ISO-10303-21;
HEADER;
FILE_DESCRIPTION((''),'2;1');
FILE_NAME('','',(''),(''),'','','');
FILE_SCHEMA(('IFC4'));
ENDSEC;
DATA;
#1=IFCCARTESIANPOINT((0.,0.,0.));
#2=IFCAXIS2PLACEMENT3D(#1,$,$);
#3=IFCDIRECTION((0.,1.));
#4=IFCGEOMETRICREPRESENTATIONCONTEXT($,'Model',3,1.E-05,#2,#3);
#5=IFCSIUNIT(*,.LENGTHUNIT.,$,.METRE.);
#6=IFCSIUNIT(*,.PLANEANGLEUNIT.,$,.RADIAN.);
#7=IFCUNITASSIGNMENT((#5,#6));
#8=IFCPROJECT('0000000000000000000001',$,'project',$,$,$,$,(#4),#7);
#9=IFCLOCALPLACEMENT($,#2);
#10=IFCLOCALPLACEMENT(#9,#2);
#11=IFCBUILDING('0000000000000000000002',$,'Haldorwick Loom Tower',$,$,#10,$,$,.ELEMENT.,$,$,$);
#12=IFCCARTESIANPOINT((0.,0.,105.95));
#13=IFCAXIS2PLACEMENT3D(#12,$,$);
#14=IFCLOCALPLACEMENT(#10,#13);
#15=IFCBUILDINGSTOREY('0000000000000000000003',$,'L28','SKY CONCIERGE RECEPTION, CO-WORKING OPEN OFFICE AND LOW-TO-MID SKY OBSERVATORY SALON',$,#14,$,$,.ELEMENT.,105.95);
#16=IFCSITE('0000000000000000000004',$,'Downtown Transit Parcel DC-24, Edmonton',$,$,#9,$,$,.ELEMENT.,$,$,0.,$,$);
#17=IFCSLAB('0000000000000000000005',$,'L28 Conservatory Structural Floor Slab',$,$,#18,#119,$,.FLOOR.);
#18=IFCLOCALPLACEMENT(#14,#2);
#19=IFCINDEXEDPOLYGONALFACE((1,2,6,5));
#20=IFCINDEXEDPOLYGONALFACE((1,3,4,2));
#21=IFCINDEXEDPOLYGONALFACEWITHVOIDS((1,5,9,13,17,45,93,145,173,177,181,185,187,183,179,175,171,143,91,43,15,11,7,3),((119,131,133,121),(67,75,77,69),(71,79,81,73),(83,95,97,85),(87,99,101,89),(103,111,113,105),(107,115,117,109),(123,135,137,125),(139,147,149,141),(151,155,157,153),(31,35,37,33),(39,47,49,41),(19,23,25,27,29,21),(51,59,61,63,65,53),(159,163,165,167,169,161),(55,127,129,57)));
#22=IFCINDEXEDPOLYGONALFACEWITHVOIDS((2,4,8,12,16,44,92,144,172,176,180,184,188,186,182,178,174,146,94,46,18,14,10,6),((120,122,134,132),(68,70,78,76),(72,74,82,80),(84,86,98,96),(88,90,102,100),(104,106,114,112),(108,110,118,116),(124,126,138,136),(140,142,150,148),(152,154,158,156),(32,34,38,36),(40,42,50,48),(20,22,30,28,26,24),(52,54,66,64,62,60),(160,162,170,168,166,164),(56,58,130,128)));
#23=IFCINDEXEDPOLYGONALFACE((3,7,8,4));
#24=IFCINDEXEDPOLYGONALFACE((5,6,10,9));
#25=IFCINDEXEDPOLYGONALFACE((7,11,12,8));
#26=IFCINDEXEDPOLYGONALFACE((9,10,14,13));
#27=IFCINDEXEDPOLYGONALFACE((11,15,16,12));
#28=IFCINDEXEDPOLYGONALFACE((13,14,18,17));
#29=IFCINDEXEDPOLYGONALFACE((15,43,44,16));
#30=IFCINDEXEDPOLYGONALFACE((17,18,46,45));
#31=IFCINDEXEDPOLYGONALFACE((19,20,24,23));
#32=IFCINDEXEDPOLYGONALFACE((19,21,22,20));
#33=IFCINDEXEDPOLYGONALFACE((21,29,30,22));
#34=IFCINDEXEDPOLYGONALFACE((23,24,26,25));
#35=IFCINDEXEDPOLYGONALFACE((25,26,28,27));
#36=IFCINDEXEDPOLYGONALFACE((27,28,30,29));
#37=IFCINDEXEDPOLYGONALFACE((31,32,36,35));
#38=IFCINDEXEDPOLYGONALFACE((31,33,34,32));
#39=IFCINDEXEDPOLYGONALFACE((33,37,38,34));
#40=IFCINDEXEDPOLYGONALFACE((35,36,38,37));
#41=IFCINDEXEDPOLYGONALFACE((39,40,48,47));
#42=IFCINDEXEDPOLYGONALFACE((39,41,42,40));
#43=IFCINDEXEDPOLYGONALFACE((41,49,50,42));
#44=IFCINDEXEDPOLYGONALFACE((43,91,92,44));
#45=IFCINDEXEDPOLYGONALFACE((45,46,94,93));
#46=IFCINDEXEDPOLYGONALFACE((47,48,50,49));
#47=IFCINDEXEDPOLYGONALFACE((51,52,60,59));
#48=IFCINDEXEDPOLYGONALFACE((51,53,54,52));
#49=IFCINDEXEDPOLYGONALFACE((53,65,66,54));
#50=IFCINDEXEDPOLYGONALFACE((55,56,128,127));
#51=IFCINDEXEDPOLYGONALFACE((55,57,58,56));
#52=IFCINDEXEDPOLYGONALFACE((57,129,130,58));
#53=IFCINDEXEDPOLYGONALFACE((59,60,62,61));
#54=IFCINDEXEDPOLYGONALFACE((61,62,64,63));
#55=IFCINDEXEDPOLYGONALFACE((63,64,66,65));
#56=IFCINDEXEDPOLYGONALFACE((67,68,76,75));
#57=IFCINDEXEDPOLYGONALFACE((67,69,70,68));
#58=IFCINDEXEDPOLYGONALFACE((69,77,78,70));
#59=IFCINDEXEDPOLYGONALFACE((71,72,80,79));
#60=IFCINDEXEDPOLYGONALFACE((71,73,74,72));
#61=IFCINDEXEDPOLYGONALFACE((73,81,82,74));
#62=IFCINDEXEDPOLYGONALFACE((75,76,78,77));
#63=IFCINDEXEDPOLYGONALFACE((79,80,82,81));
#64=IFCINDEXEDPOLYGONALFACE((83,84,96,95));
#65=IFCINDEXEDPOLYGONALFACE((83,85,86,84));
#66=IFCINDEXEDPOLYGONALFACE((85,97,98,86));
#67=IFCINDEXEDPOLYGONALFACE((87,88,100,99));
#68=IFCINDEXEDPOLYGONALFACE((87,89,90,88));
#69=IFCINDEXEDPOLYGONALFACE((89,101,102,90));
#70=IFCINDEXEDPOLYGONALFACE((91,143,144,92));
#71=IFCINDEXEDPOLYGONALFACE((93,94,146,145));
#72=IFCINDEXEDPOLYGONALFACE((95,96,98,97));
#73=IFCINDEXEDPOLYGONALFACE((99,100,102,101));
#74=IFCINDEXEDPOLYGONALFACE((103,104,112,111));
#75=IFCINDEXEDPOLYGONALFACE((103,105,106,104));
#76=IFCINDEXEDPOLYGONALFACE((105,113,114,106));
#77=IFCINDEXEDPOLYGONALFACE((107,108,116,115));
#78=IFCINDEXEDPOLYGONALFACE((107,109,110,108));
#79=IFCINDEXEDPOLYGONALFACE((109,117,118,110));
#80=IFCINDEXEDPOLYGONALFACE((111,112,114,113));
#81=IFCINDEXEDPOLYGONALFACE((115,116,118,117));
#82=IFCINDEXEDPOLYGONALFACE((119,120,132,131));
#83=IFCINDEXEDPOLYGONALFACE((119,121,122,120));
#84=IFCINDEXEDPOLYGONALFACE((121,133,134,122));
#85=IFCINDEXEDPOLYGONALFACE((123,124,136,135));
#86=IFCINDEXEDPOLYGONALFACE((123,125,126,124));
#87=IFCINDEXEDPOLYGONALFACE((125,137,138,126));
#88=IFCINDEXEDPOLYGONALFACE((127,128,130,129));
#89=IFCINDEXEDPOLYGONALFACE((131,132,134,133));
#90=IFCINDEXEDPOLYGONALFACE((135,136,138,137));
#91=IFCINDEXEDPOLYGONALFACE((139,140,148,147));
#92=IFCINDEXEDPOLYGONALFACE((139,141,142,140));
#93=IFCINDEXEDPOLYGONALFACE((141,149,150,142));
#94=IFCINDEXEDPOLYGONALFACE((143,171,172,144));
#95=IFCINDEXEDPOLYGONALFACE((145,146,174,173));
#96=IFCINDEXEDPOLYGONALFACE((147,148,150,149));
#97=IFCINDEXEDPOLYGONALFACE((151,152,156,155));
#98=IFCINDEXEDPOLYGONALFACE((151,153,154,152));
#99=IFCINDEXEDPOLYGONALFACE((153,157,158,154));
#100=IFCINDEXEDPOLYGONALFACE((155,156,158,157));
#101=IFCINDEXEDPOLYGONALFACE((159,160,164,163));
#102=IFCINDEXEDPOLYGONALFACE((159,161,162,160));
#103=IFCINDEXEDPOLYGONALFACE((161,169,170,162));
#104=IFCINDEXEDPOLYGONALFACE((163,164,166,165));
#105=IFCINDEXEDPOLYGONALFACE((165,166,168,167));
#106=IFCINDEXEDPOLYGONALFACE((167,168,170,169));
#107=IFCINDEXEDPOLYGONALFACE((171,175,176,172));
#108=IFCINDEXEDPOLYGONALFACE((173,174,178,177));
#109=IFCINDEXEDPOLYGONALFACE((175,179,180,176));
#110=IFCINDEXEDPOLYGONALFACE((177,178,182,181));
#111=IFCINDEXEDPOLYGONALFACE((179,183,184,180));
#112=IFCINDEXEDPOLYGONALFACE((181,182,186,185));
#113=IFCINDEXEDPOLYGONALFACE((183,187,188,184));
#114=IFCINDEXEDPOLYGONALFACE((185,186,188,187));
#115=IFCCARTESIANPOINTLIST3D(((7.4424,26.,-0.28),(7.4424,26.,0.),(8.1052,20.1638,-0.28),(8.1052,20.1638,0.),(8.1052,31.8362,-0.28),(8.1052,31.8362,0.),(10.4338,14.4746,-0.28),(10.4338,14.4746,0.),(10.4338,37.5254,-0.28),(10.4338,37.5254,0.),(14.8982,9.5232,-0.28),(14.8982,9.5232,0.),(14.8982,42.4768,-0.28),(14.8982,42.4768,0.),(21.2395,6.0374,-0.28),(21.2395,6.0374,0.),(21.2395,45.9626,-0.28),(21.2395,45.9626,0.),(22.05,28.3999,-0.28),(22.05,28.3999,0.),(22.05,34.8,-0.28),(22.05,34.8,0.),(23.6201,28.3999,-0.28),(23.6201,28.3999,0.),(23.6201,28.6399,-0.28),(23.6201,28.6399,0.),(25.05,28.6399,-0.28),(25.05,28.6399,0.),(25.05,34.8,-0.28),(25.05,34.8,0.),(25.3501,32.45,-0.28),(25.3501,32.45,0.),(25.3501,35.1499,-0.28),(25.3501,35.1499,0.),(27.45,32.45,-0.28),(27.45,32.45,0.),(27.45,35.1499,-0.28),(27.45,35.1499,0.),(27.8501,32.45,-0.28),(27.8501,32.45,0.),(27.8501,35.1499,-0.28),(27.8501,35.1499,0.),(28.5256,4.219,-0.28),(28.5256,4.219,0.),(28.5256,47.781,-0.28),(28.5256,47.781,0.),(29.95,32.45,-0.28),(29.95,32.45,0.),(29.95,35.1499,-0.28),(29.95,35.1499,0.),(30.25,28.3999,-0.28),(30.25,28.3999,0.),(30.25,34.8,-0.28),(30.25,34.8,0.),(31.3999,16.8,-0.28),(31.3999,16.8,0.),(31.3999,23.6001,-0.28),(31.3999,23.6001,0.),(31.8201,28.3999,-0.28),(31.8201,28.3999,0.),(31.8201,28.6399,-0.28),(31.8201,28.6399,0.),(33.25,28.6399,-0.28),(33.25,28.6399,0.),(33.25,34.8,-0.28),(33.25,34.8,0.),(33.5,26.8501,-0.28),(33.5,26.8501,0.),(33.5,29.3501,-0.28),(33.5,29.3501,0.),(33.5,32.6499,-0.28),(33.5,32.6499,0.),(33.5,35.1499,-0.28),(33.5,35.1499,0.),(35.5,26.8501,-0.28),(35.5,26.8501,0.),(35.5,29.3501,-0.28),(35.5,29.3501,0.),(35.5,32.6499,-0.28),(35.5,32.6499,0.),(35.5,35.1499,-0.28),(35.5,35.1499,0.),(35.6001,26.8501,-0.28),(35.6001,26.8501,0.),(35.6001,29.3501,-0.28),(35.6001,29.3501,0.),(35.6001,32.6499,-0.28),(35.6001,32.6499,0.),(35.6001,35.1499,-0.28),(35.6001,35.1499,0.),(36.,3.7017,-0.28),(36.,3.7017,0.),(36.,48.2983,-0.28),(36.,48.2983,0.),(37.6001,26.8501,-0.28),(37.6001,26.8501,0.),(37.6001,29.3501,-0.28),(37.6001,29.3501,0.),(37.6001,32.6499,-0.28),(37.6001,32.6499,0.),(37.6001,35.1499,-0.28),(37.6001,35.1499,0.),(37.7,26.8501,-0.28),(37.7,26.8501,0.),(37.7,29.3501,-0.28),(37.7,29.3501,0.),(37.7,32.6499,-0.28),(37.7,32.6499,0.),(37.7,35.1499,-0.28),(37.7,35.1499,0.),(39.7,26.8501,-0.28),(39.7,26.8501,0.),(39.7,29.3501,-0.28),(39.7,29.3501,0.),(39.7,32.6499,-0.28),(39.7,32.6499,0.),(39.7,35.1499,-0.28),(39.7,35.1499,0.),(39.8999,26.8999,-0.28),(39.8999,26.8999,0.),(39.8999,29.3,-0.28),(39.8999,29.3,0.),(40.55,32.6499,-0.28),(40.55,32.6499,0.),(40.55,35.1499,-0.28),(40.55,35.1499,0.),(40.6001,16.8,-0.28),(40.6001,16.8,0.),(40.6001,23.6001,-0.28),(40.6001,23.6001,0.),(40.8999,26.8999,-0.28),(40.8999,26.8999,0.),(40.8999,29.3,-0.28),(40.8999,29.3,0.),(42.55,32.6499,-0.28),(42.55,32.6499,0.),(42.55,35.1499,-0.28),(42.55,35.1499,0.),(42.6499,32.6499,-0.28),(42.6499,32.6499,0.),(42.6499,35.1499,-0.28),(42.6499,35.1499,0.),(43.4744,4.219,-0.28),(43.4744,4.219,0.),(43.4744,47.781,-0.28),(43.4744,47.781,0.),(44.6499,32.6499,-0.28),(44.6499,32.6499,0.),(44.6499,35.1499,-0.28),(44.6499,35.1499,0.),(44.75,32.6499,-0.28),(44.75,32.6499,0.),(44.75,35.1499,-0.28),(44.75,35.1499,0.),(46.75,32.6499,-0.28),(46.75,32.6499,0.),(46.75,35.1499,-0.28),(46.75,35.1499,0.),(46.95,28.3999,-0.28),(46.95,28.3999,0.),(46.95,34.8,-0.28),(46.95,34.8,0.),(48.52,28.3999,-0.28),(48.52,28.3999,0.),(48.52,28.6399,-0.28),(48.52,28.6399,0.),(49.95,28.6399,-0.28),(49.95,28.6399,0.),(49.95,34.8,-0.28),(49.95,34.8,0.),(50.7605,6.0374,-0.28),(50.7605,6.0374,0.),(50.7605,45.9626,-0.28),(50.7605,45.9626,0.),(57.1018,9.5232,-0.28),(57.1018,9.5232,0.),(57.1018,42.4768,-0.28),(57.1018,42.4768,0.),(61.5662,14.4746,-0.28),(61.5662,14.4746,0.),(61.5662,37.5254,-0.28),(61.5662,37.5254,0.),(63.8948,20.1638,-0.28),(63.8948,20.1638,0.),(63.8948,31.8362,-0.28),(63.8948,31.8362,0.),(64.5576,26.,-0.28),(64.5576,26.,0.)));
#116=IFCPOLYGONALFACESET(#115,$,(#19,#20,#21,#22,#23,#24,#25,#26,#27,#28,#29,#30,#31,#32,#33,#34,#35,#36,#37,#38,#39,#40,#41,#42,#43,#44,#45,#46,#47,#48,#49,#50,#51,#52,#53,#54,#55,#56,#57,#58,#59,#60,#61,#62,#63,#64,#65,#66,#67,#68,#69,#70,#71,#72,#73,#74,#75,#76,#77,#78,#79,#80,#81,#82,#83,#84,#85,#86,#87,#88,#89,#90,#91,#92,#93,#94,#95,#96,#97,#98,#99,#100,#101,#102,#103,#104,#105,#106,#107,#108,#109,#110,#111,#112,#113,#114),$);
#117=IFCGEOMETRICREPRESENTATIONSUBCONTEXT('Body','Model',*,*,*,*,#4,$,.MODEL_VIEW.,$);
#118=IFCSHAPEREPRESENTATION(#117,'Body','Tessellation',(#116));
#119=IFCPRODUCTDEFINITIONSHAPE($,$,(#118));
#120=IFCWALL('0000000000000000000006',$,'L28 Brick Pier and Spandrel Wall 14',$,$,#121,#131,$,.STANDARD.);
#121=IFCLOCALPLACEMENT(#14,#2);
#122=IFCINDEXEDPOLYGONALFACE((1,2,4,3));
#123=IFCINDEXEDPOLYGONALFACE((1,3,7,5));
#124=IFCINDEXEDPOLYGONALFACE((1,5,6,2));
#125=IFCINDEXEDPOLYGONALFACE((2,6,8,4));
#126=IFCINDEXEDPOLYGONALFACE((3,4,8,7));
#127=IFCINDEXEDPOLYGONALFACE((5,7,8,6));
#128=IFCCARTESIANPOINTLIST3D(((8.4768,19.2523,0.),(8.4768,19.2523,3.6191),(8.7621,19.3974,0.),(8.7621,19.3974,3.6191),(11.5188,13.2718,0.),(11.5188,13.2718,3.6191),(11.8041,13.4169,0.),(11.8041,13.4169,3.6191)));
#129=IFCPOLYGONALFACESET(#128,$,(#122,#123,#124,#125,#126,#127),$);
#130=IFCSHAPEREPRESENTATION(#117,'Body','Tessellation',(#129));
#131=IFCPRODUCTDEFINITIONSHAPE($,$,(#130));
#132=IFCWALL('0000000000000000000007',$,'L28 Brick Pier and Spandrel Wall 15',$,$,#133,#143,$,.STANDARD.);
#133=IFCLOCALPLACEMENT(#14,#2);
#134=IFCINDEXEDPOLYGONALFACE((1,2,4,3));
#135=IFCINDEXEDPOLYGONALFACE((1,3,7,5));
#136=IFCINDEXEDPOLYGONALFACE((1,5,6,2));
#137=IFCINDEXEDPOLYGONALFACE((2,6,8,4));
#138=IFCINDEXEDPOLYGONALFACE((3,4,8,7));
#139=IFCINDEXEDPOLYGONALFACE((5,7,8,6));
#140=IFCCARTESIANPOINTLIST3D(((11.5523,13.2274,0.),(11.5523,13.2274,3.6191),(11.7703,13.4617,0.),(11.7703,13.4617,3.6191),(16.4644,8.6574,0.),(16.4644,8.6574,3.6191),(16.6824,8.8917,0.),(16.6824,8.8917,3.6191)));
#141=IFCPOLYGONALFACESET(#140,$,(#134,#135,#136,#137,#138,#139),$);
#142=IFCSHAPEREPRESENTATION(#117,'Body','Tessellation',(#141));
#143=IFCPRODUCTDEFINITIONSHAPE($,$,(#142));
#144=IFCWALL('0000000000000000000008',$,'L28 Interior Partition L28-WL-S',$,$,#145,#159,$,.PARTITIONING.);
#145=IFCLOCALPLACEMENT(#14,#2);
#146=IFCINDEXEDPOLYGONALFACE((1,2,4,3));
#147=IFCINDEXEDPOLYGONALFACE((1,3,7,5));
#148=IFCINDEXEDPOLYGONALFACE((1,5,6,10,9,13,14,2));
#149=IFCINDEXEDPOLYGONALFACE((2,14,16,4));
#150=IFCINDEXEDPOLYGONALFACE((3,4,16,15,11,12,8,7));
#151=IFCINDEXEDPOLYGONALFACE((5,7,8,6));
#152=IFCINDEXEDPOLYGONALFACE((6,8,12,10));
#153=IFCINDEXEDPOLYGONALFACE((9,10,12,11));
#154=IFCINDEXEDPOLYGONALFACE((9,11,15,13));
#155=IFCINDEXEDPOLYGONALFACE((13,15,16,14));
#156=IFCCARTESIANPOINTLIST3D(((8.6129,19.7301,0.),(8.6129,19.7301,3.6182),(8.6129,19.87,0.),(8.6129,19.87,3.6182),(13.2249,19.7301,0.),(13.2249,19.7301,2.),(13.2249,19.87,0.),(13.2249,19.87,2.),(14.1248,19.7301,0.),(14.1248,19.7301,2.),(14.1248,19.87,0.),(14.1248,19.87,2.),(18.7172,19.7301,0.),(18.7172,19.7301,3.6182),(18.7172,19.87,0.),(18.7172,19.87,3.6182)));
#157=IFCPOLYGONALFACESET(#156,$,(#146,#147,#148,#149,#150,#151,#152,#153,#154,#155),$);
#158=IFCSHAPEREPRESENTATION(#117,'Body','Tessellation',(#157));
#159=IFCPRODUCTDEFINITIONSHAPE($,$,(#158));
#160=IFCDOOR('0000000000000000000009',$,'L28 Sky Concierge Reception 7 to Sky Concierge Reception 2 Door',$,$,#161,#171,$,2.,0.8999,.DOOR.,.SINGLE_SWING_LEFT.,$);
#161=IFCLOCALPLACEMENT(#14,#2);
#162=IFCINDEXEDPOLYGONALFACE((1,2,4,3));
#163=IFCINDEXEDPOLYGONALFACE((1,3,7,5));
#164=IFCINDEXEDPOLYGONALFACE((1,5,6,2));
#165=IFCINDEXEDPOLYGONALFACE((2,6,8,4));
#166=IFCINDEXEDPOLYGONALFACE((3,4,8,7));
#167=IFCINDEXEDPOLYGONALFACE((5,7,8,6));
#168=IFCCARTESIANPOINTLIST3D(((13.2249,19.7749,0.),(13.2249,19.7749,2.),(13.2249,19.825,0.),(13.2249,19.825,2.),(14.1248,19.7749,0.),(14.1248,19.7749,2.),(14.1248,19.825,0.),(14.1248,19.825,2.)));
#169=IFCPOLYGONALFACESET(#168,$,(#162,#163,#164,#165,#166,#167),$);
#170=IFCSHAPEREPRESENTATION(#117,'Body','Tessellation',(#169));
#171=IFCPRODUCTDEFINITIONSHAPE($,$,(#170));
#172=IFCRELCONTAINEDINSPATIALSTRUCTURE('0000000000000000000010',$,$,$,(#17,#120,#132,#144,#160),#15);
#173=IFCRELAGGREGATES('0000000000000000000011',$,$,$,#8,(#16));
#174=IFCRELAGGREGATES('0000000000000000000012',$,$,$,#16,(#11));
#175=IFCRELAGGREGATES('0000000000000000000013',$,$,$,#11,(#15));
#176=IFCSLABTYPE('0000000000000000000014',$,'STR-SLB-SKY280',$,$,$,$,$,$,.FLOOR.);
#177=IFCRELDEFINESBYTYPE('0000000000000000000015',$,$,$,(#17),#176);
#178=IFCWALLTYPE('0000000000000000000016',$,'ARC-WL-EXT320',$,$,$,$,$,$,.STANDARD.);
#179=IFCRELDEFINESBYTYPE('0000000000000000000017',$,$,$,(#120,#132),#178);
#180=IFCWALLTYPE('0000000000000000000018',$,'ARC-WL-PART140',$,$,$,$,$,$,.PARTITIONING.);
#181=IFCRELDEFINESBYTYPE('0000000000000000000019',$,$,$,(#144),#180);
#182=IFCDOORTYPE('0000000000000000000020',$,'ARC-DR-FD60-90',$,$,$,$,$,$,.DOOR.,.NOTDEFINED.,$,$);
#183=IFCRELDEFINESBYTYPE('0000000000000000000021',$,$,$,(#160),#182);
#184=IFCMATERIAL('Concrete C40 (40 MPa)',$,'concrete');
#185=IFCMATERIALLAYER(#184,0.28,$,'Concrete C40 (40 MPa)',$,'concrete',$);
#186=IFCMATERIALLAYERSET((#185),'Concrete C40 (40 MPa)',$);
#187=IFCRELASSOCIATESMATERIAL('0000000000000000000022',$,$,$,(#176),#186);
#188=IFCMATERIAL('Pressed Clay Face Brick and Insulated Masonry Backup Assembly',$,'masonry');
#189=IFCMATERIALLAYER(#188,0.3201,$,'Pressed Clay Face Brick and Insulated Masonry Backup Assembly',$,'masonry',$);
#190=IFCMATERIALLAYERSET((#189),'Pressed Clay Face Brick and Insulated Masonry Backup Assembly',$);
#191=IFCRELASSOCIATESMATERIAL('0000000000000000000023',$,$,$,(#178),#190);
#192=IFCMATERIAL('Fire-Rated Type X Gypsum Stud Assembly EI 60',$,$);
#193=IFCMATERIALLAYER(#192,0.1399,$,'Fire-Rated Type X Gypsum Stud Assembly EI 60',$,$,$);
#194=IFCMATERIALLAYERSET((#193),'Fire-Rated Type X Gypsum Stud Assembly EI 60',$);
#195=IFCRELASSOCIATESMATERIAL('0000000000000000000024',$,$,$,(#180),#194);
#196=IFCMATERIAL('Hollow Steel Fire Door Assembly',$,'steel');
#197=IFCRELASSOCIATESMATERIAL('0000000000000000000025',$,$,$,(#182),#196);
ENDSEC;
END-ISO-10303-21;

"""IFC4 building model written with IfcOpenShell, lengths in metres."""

from ifc_helpers import new_model, si_unit, direction, frame, frame_2d, origin, place, context, subcontext, project, spatial, polyline, rectangle, outline, extrude, material, layer, layer_set, type_object, element, fill, save


model = new_model("IFC4")

# Units and contexts
model_context = context("Model", 3, precision=1e-05, world=origin(), true_north=direction((0.0, 1.0)))
body_context = subcontext(model_context, "Body", "Model", "MODEL_VIEW")
ifc_project = project(units=[si_unit("LENGTHUNIT", "METRE"), si_unit("PLANEANGLEUNIT", "RADIAN")], contexts=[model_context])

# Site, building, storey
site_placement = place(None, origin())
site = spatial("IfcSite", under=ifc_project, at=site_placement, Name="Downtown Transit Parcel DC-24, Edmonton", CompositionType="ELEMENT", RefElevation=0.0)
building_placement = place(site_placement, origin())
building = spatial("IfcBuilding", under=site, at=building_placement, Name="Haldorwick Loom Tower", CompositionType="ELEMENT")
storey_placement = place(building_placement, frame((0.0, 0.0, 105.95)))
storey = spatial("IfcBuildingStorey", under=building, at=storey_placement, Name="L28", Description="SKY CONCIERGE RECEPTION, CO-WORKING OPEN OFFICE AND LOW-TO-MID SKY OBSERVATORY SALON", CompositionType="ELEMENT", Elevation=105.95)

# Shared definitions
ifc_material_1 = material(Name="Concrete C40 (40 MPa)", Category="concrete")

# Slab
ifc_layer_1 = layer(ifc_material_1, 0.28, Name="Concrete C40 (40 MPa)", Category="concrete")
ifc_layer_set_1 = layer_set([ifc_layer_1], Name="Concrete C40 (40 MPa)")
slab_type_1 = type_object("IfcSlabType", Name="STR-SLB-SKY280", PredefinedType="FLOOR", material=ifc_layer_set_1)
slab_1_placement = place(storey_placement, frame((0.0, 0.0, -0.28)))
element("IfcSlab", 1, at=slab_1_placement, inside=storey, type_object=slab_type_1, Name="L28 Conservatory Structural Floor Slab", PredefinedType="FLOOR", context=body_context, shape_type="SweptSolid", body=[
    extrude(outline(polyline([(57.1018, 9.5232), (61.5662, 14.4746), (63.8948, 20.1638), (64.5576, 26.0), (63.8948, 31.8362), (61.5662, 37.5254), (57.1018, 42.4768), (50.7605, 45.9626), (43.4744, 47.781), (36.0, 48.2983), (28.5256, 47.781), (21.2395, 45.9626), (14.8982, 42.4768), (10.4338, 37.5254), (8.1052, 31.8362), (7.4424, 26.0), (8.1052, 20.1638), (10.4338, 14.4746), (14.8982, 9.5232), (21.2395, 6.0374), (28.5256, 4.219), (36.0, 3.7017), (43.4744, 4.219), (50.7605, 6.0374), (57.1018, 9.5232)]), holes=[polyline([(31.3999, 23.6001), (40.6001, 23.6001), (40.6001, 16.8), (31.3999, 16.8), (31.3999, 23.6001)]), polyline([(33.5, 26.8501), (33.5, 29.3501), (35.5, 29.3501), (35.5, 26.8501), (33.5, 26.8501)]), polyline([(22.05, 28.3999), (22.05, 34.8), (25.05, 34.8), (25.05, 28.6399), (23.6201, 28.6399), (23.6201, 28.3999), (22.05, 28.3999)]), polyline([(30.25, 28.3999), (30.25, 34.8), (33.25, 34.8), (33.25, 28.6399), (31.8201, 28.6399), (31.8201, 28.3999), (30.25, 28.3999)]), polyline([(25.3501, 32.45), (25.3501, 35.1499), (27.45, 35.1499), (27.45, 32.45), (25.3501, 32.45)]), polyline([(27.8501, 32.45), (27.8501, 35.1499), (29.95, 35.1499), (29.95, 32.45), (27.8501, 32.45)]), polyline([(33.5, 32.6499), (33.5, 35.1499), (35.5, 35.1499), (35.5, 32.6499), (33.5, 32.6499)]), polyline([(35.6001, 32.6499), (35.6001, 35.1499), (37.6001, 35.1499), (37.6001, 32.6499), (35.6001, 32.6499)]), polyline([(35.6001, 26.8501), (35.6001, 29.3501), (37.6001, 29.3501), (37.6001, 26.8501), (35.6001, 26.8501)]), polyline([(37.7, 26.8501), (37.7, 29.3501), (39.7, 29.3501), (39.7, 26.8501), (37.7, 26.8501)]), polyline([(39.8999, 26.8999), (39.8999, 29.3), (40.8999, 29.3), (40.8999, 26.8999), (39.8999, 26.8999)]), polyline([(46.95, 28.3999), (46.95, 34.8), (49.95, 34.8), (49.95, 28.6399), (48.52, 28.6399), (48.52, 28.3999), (46.95, 28.3999)]), polyline([(37.7, 32.6499), (37.7, 35.1499), (39.7, 35.1499), (39.7, 32.6499), (37.7, 32.6499)]), polyline([(40.55, 32.6499), (40.55, 35.1499), (42.55, 35.1499), (42.55, 32.6499), (40.55, 32.6499)]), polyline([(42.6499, 32.6499), (42.6499, 35.1499), (44.6499, 35.1499), (44.6499, 32.6499), (42.6499, 32.6499)]), polyline([(44.75, 32.6499), (44.75, 35.1499), (46.75, 35.1499), (46.75, 32.6499), (44.75, 32.6499)])]), origin(), (0.0, 0.0, 1.0), 0.28),
])

# Walls
ifc_material_2 = material(Name="Pressed Clay Face Brick and Insulated Masonry Backup Assembly", Category="masonry")
ifc_layer_2 = layer(ifc_material_2, 0.3201, Name="Pressed Clay Face Brick and Insulated Masonry Backup Assembly", Category="masonry")
ifc_layer_set_2 = layer_set([ifc_layer_2], Name="Pressed Clay Face Brick and Insulated Masonry Backup Assembly")
wall_type_1 = type_object("IfcWallType", Name="ARC-WL-EXT320", PredefinedType="STANDARD", material=ifc_layer_set_2)
wall_1_placement = place(storey_placement, frame((8.6194, 19.325, 0.0), z_axis=(0.0, 0.0, 1.0), x_axis=(0.453374, -0.89132, 0.0)))
element("IfcWall", 2, at=wall_1_placement, inside=storey, type_object=wall_type_1, Name="L28 Brick Pier and Spandrel Wall 14", PredefinedType="STANDARD", context=body_context, shape_type="SweptSolid", body=[
    extrude(rectangle(XDim=6.7097, YDim=0.3201, at=frame_2d((3.355, 0.0))), origin(), (0.0, 0.0, 1.0), 3.6191),
])
wall_2_placement = place(storey_placement, frame((11.6614, 13.3445, 0.0), z_axis=(0.0, 0.0, 1.0), x_axis=(0.732137, -0.681157, 0.0)))
element("IfcWall", 3, at=wall_2_placement, inside=storey, type_object=wall_type_1, Name="L28 Brick Pier and Spandrel Wall 15", PredefinedType="STANDARD", context=body_context, shape_type="SweptSolid", body=[
    extrude(rectangle(XDim=6.7092, YDim=0.3201, at=frame_2d((3.3545, 0.0))), origin(), (0.0, 0.0, 1.0), 3.6191),
])

# Wall, opening, door
ifc_material_3 = material(Name="Fire-Rated Type X Gypsum Stud Assembly EI 60")
ifc_layer_3 = layer(ifc_material_3, 0.1399, Name="Fire-Rated Type X Gypsum Stud Assembly EI 60")
ifc_layer_set_3 = layer_set([ifc_layer_3], Name="Fire-Rated Type X Gypsum Stud Assembly EI 60")
wall_type_2 = type_object("IfcWallType", Name="ARC-WL-PART140", PredefinedType="PARTITIONING", material=ifc_layer_set_3)
wall_3_placement = place(storey_placement, frame((8.6128, 19.8, 0.0), z_axis=(0.0, 0.0, 1.0), x_axis=(1.0, 0.0, 0.0)))
wall_3 = element("IfcWall", 4, at=wall_3_placement, inside=storey, type_object=wall_type_2, Name="L28 Interior Partition L28-WL-S", PredefinedType="PARTITIONING", context=body_context, shape_type="SweptSolid", body=[
    extrude(rectangle(XDim=10.1042, YDim=0.1399, at=frame_2d((5.0522, 0.0))), origin(), (0.0, 0.0, 1.0), 3.6182),
])
opening_placement = place(wall_3_placement, frame((4.6121, 0.0, 0.0)))
opening = element("IfcOpeningElement", 5, at=opening_placement, cuts=wall_3, PredefinedType="OPENING", context=body_context, shape_type="SweptSolid", body=[
    extrude(rectangle(XDim=0.8999, YDim=2.0, at=frame_2d((0.45, 1.0))), frame((0.0, 0.0798, 0.0), z_axis=(0.0, -1.0, 0.0), x_axis=(1.0, 0.0, 0.0)), (0.0, 0.0, 1.0), 0.1599),
])
ifc_material_4 = material(Name="Hollow Steel Fire Door Assembly", Category="steel")
door_type = type_object("IfcDoorType", Name="ARC-DR-FD60-90", OperationType="NOTDEFINED", PredefinedType="DOOR", material=ifc_material_4)
door_placement = place(opening_placement, origin())
door = element("IfcDoor", 6, at=door_placement, inside=storey, type_object=door_type, Name="L28 Sky Concierge Reception 7 to Sky Concierge Reception 2 Door", OperationType="SINGLE_SWING_LEFT", OverallHeight=2.0, OverallWidth=0.8999, PredefinedType="DOOR", context=body_context, shape_type="SweptSolid", body=[
    extrude(rectangle(XDim=0.8999, YDim=2.0, at=frame_2d((0.45, 1.0))), frame((0.0, 0.0249, 0.0), z_axis=(0.0, -1.0, 0.0), x_axis=(1.0, 0.0, 0.0)), (0.0, 0.0, 1.0), 0.05),
])
fill(opening, door)

save(model, "model.ifc")
